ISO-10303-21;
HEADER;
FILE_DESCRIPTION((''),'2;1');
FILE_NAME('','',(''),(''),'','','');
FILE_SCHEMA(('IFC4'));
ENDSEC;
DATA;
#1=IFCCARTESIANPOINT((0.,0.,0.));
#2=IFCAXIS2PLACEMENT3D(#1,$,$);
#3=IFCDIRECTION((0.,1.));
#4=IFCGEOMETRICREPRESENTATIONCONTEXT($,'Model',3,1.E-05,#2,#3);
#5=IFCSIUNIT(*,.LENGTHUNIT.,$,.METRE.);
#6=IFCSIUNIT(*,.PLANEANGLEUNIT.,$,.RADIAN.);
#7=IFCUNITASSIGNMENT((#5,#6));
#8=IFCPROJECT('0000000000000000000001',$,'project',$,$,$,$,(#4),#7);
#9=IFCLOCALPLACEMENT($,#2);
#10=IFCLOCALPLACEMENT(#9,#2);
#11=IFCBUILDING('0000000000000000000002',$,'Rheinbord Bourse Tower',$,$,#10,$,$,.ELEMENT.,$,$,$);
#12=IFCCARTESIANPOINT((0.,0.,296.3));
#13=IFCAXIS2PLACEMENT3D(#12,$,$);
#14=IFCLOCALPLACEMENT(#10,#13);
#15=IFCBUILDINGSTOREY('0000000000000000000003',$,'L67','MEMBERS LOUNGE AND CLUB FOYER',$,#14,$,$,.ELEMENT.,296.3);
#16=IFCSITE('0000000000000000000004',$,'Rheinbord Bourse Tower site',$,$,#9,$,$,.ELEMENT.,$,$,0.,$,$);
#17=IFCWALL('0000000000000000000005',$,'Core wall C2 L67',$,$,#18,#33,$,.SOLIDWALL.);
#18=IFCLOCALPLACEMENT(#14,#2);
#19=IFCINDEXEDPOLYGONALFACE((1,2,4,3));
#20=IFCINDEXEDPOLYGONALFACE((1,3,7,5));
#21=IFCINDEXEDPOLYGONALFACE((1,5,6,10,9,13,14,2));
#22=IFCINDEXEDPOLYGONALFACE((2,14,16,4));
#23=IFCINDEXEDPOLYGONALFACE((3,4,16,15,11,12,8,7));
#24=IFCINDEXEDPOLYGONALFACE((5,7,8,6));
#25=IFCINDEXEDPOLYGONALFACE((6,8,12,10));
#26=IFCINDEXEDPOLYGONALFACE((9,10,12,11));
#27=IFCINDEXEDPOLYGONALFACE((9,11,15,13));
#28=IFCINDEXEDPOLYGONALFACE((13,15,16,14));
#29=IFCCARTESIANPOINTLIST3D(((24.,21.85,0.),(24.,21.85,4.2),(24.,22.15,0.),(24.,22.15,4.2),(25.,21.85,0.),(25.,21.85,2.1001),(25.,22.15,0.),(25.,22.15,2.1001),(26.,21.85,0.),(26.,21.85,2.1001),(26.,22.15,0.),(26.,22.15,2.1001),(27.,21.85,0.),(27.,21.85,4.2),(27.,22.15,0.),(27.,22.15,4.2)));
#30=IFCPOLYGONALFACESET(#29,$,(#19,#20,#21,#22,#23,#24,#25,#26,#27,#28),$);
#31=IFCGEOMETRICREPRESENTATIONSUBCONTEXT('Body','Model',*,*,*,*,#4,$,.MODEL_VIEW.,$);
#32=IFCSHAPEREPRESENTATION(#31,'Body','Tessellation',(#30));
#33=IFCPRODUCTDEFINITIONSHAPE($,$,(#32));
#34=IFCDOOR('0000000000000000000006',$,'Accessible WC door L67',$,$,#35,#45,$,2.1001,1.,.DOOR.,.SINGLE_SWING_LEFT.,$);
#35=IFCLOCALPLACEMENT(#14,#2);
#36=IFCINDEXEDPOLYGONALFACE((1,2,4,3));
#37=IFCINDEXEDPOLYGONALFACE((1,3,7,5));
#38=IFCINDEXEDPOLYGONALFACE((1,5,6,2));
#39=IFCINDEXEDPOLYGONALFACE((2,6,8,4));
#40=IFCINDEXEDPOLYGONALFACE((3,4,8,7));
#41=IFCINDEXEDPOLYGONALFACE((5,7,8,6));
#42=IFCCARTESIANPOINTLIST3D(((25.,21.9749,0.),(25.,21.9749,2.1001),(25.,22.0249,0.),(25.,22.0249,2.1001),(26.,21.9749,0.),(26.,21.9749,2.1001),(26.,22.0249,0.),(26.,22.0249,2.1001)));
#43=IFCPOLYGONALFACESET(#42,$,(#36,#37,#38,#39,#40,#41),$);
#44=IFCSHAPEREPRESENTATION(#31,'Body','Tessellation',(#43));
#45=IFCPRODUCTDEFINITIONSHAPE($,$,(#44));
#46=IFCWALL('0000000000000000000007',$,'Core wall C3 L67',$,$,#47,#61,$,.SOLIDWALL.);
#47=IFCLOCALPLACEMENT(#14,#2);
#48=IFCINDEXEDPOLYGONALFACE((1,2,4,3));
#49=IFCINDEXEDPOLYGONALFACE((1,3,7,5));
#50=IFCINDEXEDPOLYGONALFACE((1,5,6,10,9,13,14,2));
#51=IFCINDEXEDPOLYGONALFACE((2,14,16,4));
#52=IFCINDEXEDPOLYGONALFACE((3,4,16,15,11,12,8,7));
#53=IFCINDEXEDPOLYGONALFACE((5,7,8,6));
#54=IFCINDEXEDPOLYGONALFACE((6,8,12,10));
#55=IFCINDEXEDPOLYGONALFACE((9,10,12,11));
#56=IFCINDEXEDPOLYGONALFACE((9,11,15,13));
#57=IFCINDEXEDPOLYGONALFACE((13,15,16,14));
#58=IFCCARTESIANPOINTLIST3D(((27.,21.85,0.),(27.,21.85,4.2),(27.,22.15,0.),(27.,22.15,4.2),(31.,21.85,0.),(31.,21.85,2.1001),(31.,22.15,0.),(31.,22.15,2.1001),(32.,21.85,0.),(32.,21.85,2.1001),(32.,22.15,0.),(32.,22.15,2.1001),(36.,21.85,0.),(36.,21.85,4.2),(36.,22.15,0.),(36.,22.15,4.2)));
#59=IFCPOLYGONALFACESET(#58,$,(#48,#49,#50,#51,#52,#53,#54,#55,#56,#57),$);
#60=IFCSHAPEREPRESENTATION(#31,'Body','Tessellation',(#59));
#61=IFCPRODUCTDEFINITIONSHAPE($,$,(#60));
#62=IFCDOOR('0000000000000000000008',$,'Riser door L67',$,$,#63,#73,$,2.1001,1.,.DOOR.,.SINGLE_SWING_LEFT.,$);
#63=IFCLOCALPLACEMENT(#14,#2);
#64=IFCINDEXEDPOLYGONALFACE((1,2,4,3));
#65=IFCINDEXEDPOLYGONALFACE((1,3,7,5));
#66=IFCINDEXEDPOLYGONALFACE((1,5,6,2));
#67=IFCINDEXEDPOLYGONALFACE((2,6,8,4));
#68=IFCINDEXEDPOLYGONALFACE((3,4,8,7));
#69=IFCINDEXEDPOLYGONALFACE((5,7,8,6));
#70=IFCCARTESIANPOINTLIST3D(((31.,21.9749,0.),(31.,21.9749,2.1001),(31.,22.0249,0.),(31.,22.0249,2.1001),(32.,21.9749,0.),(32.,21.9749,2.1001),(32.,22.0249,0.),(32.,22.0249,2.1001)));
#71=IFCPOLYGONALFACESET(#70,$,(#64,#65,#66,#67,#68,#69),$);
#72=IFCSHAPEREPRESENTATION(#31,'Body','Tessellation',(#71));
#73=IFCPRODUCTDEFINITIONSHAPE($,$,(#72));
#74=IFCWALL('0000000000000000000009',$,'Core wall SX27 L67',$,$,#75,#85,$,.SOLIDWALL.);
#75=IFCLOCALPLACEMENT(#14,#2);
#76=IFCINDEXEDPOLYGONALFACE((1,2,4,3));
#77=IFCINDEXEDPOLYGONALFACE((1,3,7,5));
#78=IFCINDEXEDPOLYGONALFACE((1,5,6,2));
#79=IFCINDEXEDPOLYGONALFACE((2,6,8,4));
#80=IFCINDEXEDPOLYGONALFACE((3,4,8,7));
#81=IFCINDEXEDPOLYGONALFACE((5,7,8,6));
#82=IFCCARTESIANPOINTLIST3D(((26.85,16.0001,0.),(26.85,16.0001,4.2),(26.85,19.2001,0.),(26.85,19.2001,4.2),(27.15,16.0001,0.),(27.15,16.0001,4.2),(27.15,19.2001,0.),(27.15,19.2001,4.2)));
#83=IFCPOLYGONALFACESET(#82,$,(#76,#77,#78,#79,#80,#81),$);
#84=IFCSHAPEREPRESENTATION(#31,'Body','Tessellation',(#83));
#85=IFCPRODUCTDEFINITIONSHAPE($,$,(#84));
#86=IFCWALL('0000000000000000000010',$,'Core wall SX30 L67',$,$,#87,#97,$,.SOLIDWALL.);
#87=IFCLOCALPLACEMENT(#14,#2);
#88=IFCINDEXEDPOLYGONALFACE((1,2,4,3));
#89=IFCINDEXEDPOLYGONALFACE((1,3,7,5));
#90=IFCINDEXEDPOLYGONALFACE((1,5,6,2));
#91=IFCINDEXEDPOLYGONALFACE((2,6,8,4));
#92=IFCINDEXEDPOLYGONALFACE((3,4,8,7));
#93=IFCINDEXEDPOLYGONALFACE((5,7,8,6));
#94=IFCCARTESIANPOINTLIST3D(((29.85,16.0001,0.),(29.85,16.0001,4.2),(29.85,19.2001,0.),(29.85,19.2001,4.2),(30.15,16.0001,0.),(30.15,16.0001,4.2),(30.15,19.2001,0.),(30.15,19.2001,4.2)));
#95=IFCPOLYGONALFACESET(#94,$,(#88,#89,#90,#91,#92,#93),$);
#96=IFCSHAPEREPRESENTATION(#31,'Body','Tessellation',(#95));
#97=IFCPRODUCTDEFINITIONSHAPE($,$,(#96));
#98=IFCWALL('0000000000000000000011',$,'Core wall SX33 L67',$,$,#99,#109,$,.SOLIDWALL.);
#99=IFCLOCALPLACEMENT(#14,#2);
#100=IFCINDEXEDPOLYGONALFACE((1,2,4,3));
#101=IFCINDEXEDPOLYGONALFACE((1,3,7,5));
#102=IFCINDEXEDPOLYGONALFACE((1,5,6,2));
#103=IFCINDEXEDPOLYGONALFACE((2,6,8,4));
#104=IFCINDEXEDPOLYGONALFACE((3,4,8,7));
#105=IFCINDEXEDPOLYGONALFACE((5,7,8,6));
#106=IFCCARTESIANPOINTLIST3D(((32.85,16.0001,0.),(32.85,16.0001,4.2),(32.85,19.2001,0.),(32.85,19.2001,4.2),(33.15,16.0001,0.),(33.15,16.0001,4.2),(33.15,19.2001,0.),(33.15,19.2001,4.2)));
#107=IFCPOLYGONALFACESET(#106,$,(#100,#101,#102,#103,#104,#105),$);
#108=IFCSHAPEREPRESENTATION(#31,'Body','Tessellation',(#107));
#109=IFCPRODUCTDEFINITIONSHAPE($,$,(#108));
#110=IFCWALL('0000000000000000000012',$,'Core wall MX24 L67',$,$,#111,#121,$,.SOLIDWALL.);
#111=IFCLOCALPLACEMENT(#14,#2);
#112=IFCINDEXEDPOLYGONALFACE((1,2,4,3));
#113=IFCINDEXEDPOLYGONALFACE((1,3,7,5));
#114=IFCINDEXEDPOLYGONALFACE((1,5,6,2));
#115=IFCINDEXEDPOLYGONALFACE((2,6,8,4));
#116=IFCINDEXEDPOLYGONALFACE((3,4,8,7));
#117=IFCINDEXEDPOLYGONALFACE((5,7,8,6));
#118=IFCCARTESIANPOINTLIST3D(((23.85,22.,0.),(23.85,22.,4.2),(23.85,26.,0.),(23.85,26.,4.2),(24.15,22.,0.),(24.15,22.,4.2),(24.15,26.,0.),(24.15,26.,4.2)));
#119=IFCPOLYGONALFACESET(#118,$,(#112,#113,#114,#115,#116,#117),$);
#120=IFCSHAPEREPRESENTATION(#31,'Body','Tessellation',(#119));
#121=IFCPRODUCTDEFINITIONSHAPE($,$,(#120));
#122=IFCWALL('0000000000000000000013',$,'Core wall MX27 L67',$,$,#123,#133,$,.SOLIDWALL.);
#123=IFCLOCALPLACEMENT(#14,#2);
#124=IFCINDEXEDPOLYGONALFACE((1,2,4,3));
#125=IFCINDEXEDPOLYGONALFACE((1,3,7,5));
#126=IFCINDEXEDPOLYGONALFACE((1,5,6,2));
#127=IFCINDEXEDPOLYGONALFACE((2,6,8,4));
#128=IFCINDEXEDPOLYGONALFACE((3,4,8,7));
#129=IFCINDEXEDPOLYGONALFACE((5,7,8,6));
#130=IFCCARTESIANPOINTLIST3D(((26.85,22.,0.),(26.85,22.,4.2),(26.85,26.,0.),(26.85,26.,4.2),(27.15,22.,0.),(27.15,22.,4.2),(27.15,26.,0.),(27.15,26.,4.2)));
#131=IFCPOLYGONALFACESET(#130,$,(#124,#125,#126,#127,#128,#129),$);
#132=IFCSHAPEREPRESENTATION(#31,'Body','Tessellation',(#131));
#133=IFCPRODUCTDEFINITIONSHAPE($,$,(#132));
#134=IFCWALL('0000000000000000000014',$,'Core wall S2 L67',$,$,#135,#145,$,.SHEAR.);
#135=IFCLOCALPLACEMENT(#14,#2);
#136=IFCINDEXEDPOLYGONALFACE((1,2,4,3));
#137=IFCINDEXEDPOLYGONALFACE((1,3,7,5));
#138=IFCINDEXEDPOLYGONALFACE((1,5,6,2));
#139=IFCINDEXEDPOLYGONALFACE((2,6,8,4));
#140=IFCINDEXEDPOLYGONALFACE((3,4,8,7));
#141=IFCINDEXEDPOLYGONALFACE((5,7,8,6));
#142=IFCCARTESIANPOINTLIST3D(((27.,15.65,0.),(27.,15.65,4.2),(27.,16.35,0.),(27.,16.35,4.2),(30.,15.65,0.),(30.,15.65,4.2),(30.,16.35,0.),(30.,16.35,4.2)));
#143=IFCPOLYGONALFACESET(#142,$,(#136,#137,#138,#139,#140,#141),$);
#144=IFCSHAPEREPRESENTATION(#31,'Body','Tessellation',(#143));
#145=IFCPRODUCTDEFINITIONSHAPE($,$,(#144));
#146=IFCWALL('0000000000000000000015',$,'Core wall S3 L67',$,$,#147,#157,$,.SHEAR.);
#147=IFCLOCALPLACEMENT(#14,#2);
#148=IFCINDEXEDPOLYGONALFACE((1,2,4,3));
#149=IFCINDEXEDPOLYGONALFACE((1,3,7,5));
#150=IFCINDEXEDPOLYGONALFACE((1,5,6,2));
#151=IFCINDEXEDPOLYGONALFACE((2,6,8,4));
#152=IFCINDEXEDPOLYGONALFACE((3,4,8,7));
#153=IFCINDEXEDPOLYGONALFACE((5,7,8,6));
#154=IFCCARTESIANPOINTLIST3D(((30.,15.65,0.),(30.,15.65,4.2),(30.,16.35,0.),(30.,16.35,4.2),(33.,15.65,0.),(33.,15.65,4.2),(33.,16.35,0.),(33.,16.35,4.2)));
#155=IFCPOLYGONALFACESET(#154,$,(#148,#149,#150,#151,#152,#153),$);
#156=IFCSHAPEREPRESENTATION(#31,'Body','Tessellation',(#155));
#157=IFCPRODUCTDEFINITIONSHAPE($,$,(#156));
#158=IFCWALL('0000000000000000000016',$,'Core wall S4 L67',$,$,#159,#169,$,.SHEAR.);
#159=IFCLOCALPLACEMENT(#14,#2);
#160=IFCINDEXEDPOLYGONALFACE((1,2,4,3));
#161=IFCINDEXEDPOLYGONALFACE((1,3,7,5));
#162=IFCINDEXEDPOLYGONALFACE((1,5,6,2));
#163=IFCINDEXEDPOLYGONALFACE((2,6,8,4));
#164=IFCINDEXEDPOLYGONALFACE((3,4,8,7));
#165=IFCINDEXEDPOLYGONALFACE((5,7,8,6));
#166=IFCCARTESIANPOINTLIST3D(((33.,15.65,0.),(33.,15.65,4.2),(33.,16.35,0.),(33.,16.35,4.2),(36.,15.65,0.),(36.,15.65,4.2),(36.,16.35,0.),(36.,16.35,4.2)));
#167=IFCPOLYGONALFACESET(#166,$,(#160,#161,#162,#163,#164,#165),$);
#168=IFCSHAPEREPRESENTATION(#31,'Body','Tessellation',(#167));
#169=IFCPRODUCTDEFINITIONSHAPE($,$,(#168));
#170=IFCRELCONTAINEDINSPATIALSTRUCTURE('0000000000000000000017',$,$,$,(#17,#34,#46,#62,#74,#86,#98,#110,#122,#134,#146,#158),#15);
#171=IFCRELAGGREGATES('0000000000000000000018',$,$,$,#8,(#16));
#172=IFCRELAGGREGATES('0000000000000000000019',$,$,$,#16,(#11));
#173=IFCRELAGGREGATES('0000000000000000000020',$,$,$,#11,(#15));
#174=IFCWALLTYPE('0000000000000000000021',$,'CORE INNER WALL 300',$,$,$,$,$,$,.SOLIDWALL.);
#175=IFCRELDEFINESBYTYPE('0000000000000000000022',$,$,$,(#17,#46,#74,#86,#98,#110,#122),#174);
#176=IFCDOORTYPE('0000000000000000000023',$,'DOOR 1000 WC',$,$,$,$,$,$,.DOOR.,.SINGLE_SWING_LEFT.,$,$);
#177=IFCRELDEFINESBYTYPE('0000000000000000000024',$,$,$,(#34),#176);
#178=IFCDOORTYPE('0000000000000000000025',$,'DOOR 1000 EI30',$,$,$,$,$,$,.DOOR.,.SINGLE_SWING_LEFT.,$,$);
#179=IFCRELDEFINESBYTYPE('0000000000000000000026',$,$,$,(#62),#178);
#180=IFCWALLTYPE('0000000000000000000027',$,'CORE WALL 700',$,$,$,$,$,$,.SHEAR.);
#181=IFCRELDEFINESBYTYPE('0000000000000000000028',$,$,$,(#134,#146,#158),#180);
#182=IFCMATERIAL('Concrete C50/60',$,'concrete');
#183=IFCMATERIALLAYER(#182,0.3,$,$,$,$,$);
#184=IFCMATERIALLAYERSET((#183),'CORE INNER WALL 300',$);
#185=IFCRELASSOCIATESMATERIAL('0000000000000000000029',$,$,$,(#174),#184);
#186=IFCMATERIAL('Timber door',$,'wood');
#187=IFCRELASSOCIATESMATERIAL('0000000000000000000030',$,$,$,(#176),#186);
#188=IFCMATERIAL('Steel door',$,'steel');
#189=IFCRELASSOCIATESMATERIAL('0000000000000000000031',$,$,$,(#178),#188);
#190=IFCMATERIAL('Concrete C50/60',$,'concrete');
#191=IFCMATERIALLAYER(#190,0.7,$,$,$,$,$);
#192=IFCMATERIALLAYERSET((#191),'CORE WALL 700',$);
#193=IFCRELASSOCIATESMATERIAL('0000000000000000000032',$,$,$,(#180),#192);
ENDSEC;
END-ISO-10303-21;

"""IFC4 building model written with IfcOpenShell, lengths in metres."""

from ifc_helpers import new_model, si_unit, direction, frame, frame_2d, origin, place, context, subcontext, project, spatial, rectangle, extrude, material, layer, layer_set, type_object, element, fill, save


model = new_model("IFC4")

# Units and contexts
model_context = context("Model", 3, precision=1e-05, world=origin(), true_north=direction((0.0, 1.0)))
body_context = subcontext(model_context, "Body", "Model", "MODEL_VIEW")
ifc_project = project(units=[si_unit("LENGTHUNIT", "METRE"), si_unit("PLANEANGLEUNIT", "RADIAN")], contexts=[model_context])

# Site, building, storey
site_placement = place(None, origin())
site = spatial("IfcSite", under=ifc_project, at=site_placement, Name="Rheinbord Bourse Tower site", CompositionType="ELEMENT", RefElevation=0.0)
building_placement = place(site_placement, origin())
building = spatial("IfcBuilding", under=site, at=building_placement, Name="Rheinbord Bourse Tower", CompositionType="ELEMENT")
storey_placement = place(building_placement, frame((0.0, 0.0, 296.3)))
storey = spatial("IfcBuildingStorey", under=building, at=storey_placement, Name="L67", Description="MEMBERS LOUNGE AND CLUB FOYER", CompositionType="ELEMENT", Elevation=296.3)

# Walls, openings, doors
ifc_material_1 = material(Name="Concrete C50/60", Category="concrete")
ifc_layer_1 = layer(ifc_material_1, 0.3)
ifc_layer_set_1 = layer_set([ifc_layer_1], Name="CORE INNER WALL 300")
wall_type_1 = type_object("IfcWallType", Name="CORE INNER WALL 300", PredefinedType="SOLIDWALL", material=ifc_layer_set_1)
wall_1_placement = place(storey_placement, frame((24.0, 22.0, 0.0), z_axis=(0.0, 0.0, 1.0), x_axis=(1.0, 0.0, 0.0)))
wall_1 = element("IfcWall", 1, at=wall_1_placement, inside=storey, type_object=wall_type_1, Name="Core wall C2 L67", PredefinedType="SOLIDWALL", context=body_context, shape_type="SweptSolid", body=[
    extrude(rectangle(XDim=3.0, YDim=0.3, at=frame_2d((1.5, 0.0))), origin(), (0.0, 0.0, 1.0), 4.2),
])
opening_1_placement = place(wall_1_placement, frame((1.0, 0.0, 0.0)))
opening_1 = element("IfcOpeningElement", 2, at=opening_1_placement, cuts=wall_1, PredefinedType="OPENING", context=body_context, shape_type="SweptSolid", body=[
    extrude(rectangle(XDim=1.0, YDim=2.1001, at=frame_2d((0.5, 1.05))), frame((0.0, 0.1599, 0.0), z_axis=(0.0, -1.0, 0.0), x_axis=(1.0, 0.0, 0.0)), (0.0, 0.0, 1.0), 0.3201),
])
ifc_material_2 = material(Name="Timber door", Category="wood")
door_type_1 = type_object("IfcDoorType", Name="DOOR 1000 WC", OperationType="SINGLE_SWING_LEFT", PredefinedType="DOOR", material=ifc_material_2)
door_1_placement = place(opening_1_placement, origin())
door_1 = element("IfcDoor", 3, at=door_1_placement, inside=storey, type_object=door_type_1, Name="Accessible WC door L67", OperationType="SINGLE_SWING_LEFT", OverallHeight=2.1001, OverallWidth=1.0, PredefinedType="DOOR", context=body_context, shape_type="SweptSolid", body=[
    extrude(rectangle(XDim=1.0, YDim=2.1001, at=frame_2d((0.5, 1.05))), frame((0.0, 0.0249, 0.0), z_axis=(0.0, -1.0, 0.0), x_axis=(1.0, 0.0, 0.0)), (0.0, 0.0, 1.0), 0.05),
])
fill(opening_1, door_1)
wall_2_placement = place(storey_placement, frame((27.0, 22.0, 0.0), z_axis=(0.0, 0.0, 1.0), x_axis=(1.0, 0.0, 0.0)))
wall_2 = element("IfcWall", 4, at=wall_2_placement, inside=storey, type_object=wall_type_1, Name="Core wall C3 L67", PredefinedType="SOLIDWALL", context=body_context, shape_type="SweptSolid", body=[
    extrude(rectangle(XDim=9.0, YDim=0.3, at=frame_2d((4.5, 0.0))), origin(), (0.0, 0.0, 1.0), 4.2),
])
opening_2_placement = place(wall_2_placement, frame((4.0, 0.0, 0.0)))
opening_2 = element("IfcOpeningElement", 5, at=opening_2_placement, cuts=wall_2, PredefinedType="OPENING", context=body_context, shape_type="SweptSolid", body=[
    extrude(rectangle(XDim=1.0, YDim=2.1001, at=frame_2d((0.5, 1.05))), frame((0.0, 0.1599, 0.0), z_axis=(0.0, -1.0, 0.0), x_axis=(1.0, 0.0, 0.0)), (0.0, 0.0, 1.0), 0.3201),
])
ifc_material_3 = material(Name="Steel door", Category="steel")
door_type_2 = type_object("IfcDoorType", Name="DOOR 1000 EI30", OperationType="SINGLE_SWING_LEFT", PredefinedType="DOOR", material=ifc_material_3)
door_2_placement = place(opening_2_placement, origin())
door_2 = element("IfcDoor", 6, at=door_2_placement, inside=storey, type_object=door_type_2, Name="Riser door L67", OperationType="SINGLE_SWING_LEFT", OverallHeight=2.1001, OverallWidth=1.0, PredefinedType="DOOR", context=body_context, shape_type="SweptSolid", body=[
    extrude(rectangle(XDim=1.0, YDim=2.1001, at=frame_2d((0.5, 1.05))), frame((0.0, 0.0249, 0.0), z_axis=(0.0, -1.0, 0.0), x_axis=(1.0, 0.0, 0.0)), (0.0, 0.0, 1.0), 0.05),
])
fill(opening_2, door_2)

# Walls
for number, where, z_axis, x_axis, name in (
    (7, (27.0, 16.0, 0.0), (0.0, 0.0, 1.0), (0.0, 1.0, 0.0), "Core wall SX27 L67"),
    (8, (30.0, 16.0, 0.0), (0.0, 0.0, 1.0), (0.0, 1.0, 0.0), "Core wall SX30 L67"),
    (9, (33.0, 16.0, 0.0), (0.0, 0.0, 1.0), (0.0, 1.0, 0.0), "Core wall SX33 L67"),
):
    element("IfcWall", number, at=place(storey_placement, frame(where, z_axis=z_axis, x_axis=x_axis)), inside=storey, type_object=wall_type_1, Name=name, PredefinedType="SOLIDWALL", context=body_context, shape_type="SweptSolid", body=[
        extrude(rectangle(XDim=3.2, YDim=0.3, at=frame_2d((1.6001, 0.0))), origin(), (0.0, 0.0, 1.0), 4.2),
    ])
for number, where, z_axis, x_axis, name in (
    (10, (24.0, 22.0, 0.0), (0.0, 0.0, 1.0), (0.0, 1.0, 0.0), "Core wall MX24 L67"),
    (11, (27.0, 22.0, 0.0), (0.0, 0.0, 1.0), (0.0, 1.0, 0.0), "Core wall MX27 L67"),
):
    element("IfcWall", number, at=place(storey_placement, frame(where, z_axis=z_axis, x_axis=x_axis)), inside=storey, type_object=wall_type_1, Name=name, PredefinedType="SOLIDWALL", context=body_context, shape_type="SweptSolid", body=[
        extrude(rectangle(XDim=4.0, YDim=0.3, at=frame_2d((2.0, 0.0))), origin(), (0.0, 0.0, 1.0), 4.2),
    ])
ifc_material_4 = material(Name="Concrete C50/60", Category="concrete")
ifc_layer_2 = layer(ifc_material_4, 0.7)
ifc_layer_set_2 = layer_set([ifc_layer_2], Name="CORE WALL 700")
wall_type_2 = type_object("IfcWallType", Name="CORE WALL 700", PredefinedType="SHEAR", material=ifc_layer_set_2)
for number, where, z_axis, x_axis, name in (
    (12, (27.0, 16.0, 0.0), (0.0, 0.0, 1.0), (1.0, 0.0, 0.0), "Core wall S2 L67"),
    (13, (30.0, 16.0, 0.0), (0.0, 0.0, 1.0), (1.0, 0.0, 0.0), "Core wall S3 L67"),
    (14, (33.0, 16.0, 0.0), (0.0, 0.0, 1.0), (1.0, 0.0, 0.0), "Core wall S4 L67"),
):
    element("IfcWall", number, at=place(storey_placement, frame(where, z_axis=z_axis, x_axis=x_axis)), inside=storey, type_object=wall_type_2, Name=name, PredefinedType="SHEAR", context=body_context, shape_type="SweptSolid", body=[
        extrude(rectangle(XDim=3.0, YDim=0.7, at=frame_2d((1.5, 0.0))), origin(), (0.0, 0.0, 1.0), 4.2),
    ])

save(model, "model.ifc")
